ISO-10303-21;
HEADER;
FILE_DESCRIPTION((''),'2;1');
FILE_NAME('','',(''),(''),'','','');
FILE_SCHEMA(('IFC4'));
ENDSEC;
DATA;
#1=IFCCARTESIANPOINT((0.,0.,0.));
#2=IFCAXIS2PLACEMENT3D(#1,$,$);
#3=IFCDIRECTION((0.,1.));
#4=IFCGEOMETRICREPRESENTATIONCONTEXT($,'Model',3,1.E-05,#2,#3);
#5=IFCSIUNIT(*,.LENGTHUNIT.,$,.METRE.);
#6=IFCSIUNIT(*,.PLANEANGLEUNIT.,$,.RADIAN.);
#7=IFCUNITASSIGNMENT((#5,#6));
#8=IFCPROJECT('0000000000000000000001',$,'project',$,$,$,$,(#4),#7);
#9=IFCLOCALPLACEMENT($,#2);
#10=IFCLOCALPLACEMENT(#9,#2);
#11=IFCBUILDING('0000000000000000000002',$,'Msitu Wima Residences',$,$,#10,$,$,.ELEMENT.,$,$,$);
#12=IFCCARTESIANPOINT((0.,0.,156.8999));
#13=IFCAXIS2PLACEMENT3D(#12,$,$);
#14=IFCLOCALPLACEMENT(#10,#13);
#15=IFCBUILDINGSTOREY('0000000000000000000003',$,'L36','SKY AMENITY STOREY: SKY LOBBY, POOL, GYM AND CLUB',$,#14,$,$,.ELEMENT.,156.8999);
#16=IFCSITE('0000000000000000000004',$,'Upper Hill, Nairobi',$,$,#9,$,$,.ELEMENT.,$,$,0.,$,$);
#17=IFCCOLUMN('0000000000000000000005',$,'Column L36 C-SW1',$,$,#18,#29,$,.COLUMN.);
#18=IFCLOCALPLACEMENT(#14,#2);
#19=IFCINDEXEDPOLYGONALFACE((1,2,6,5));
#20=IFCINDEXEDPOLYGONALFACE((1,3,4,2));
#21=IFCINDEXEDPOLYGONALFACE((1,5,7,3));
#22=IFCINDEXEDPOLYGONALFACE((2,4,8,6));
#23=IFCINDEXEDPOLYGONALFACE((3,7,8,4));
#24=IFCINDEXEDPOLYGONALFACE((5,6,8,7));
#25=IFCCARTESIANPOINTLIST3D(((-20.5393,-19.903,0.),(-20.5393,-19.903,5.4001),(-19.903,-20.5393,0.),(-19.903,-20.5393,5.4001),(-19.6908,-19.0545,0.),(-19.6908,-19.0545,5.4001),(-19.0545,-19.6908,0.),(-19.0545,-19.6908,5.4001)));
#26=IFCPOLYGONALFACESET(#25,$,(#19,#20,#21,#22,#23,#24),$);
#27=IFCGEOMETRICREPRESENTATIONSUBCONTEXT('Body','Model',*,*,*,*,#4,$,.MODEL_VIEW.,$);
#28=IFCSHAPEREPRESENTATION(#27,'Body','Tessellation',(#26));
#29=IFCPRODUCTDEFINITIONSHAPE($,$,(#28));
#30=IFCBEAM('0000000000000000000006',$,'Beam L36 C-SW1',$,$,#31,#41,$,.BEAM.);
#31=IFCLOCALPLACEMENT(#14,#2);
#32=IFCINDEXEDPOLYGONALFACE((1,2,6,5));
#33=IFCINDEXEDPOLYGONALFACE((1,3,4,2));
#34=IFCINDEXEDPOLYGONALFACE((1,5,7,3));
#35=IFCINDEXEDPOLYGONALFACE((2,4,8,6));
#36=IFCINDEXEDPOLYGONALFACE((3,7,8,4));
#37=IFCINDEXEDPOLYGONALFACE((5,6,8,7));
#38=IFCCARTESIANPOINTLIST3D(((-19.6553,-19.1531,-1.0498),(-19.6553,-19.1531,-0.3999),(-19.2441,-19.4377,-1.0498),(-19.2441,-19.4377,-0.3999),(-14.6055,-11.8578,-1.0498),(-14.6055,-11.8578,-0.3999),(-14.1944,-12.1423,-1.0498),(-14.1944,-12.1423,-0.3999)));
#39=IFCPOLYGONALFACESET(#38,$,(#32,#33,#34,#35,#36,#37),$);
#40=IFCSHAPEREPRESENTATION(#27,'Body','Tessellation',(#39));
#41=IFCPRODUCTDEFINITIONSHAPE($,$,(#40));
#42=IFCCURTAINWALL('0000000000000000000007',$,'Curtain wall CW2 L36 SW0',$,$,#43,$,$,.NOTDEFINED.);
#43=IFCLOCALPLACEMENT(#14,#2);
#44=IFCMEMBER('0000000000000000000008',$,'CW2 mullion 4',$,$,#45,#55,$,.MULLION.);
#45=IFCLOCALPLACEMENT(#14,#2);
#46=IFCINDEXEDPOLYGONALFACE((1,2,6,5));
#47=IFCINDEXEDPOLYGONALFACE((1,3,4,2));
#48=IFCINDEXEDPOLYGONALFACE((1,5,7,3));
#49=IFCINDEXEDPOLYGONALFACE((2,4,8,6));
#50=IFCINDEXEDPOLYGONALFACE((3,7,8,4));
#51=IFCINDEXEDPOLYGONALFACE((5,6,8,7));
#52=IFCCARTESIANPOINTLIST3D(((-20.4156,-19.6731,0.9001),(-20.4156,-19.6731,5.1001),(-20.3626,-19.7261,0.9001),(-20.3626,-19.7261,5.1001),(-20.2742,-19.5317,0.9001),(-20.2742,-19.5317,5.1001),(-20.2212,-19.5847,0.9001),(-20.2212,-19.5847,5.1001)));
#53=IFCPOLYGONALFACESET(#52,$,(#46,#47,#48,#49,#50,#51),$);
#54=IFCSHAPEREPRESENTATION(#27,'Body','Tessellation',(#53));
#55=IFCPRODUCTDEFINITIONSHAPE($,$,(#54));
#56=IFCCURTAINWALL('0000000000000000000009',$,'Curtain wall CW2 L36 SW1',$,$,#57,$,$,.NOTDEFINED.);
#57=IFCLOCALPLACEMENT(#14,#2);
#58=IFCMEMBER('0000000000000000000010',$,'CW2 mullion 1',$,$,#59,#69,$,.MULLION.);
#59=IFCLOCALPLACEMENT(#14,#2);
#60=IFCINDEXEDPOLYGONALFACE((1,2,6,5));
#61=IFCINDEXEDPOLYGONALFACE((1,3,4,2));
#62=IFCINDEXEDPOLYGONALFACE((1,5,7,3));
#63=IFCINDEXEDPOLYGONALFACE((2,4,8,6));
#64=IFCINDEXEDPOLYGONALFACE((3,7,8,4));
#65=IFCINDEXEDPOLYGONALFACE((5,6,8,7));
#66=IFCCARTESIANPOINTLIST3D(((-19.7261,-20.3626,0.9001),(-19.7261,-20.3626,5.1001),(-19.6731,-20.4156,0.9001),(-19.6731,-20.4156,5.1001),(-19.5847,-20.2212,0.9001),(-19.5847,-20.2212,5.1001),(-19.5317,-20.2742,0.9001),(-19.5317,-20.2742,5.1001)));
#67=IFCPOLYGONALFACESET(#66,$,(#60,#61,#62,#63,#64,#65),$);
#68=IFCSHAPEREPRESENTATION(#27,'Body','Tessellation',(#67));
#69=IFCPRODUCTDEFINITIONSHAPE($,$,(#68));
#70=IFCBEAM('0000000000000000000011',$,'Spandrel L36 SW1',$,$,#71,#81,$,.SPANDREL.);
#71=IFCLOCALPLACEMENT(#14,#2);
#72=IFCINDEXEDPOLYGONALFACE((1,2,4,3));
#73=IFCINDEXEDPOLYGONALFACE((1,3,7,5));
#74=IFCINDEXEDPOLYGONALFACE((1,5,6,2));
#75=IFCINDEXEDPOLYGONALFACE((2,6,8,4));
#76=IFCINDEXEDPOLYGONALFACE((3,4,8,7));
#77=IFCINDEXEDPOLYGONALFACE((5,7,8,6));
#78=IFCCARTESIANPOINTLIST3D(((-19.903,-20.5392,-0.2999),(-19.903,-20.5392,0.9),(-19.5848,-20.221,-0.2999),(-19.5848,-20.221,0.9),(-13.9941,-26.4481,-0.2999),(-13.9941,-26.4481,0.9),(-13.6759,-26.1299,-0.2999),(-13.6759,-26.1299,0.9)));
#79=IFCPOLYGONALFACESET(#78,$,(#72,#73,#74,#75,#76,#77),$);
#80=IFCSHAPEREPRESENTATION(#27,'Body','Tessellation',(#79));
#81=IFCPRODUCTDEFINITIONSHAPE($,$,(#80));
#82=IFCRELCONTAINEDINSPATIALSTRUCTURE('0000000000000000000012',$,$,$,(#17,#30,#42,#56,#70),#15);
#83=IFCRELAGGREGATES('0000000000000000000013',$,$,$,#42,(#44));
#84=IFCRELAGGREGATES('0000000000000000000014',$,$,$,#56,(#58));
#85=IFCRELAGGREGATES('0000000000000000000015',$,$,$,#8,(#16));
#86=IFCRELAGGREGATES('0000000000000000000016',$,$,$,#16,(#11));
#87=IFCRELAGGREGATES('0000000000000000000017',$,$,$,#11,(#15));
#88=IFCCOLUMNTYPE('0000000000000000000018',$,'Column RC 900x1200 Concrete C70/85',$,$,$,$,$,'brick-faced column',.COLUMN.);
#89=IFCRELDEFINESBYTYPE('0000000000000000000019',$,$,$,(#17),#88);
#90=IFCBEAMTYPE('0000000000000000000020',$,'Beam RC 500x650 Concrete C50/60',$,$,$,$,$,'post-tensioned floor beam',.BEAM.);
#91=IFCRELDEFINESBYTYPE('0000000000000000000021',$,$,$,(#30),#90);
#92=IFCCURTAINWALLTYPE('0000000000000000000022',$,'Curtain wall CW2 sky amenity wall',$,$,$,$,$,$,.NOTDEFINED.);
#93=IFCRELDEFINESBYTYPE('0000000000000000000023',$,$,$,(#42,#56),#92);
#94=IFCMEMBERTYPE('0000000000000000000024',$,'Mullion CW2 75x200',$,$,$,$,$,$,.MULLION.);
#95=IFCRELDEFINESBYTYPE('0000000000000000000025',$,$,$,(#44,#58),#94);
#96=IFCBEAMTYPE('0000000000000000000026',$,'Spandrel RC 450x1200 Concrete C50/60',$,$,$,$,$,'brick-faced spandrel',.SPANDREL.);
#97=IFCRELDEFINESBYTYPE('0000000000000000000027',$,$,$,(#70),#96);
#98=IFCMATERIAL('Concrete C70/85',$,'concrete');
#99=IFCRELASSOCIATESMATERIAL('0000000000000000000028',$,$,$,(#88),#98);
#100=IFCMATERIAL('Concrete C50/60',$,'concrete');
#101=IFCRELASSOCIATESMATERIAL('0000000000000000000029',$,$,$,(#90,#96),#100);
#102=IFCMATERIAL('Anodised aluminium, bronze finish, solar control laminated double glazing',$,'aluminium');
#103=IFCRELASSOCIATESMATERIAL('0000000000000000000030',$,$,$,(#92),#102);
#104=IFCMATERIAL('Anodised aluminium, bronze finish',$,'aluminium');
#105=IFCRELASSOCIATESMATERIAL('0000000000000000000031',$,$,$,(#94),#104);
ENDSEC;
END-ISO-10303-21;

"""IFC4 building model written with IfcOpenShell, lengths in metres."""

from ifc_helpers import new_model, si_unit, direction, frame, origin, origin_2d, place, context, subcontext, project, spatial, rectangle, extrude, material, material_profile, profile_set, type_object, element, aggregate, save


model = new_model("IFC4")

# Units and contexts
model_context = context("Model", 3, precision=1e-05, world=origin(), true_north=direction((0.0, 1.0)))
body_context = subcontext(model_context, "Body", "Model", "MODEL_VIEW")
ifc_project = project(units=[si_unit("LENGTHUNIT", "METRE"), si_unit("PLANEANGLEUNIT", "RADIAN")], contexts=[model_context])

# Site, building, storey
site_placement = place(None, origin())
site = spatial("IfcSite", under=ifc_project, at=site_placement, Name="Upper Hill, Nairobi", CompositionType="ELEMENT", RefElevation=0.0)
building_placement = place(site_placement, origin())
building = spatial("IfcBuilding", under=site, at=building_placement, Name="Msitu Wima Residences", CompositionType="ELEMENT")
storey_placement = place(building_placement, frame((0.0, 0.0, 156.8999)))
storey = spatial("IfcBuildingStorey", under=building, at=storey_placement, Name="L36", Description="SKY AMENITY STOREY: SKY LOBBY, POOL, GYM AND CLUB", CompositionType="ELEMENT", Elevation=156.8999)

# Column
ifc_material_1 = material(Name="Concrete C70/85", Category="concrete")
ifc_material_profile_1 = material_profile(ifc_material_1, rectangle(XDim=0.8999, YDim=1.2, at=origin_2d()), Name="RC 900x1200")
ifc_profile_set_1 = profile_set([ifc_material_profile_1], Name="Concrete C70/85")
column_type = type_object("IfcColumnType", Name="Column RC 900x1200 Concrete C70/85", ElementType="brick-faced column", PredefinedType="COLUMN", material=ifc_profile_set_1)
column_placement = place(storey_placement, frame((-19.7969, -19.7969, 0.0), z_axis=(0.0, 0.0, 1.0), x_axis=(0.707107, -0.707107, 0.0)))
element("IfcColumn", 1, at=column_placement, inside=storey, type_object=column_type, Name="Column L36 C-SW1", PredefinedType="COLUMN", context=body_context, shape_type="SweptSolid", body=[
    extrude(rectangle(XDim=0.8999, YDim=1.2, at=origin_2d()), origin(), (0.0, 0.0, 1.0), 5.4001),
])

# Beam
ifc_material_2 = material(Name="Concrete C50/60", Category="concrete")
ifc_material_profile_2 = material_profile(ifc_material_2, rectangle(XDim=0.5, YDim=0.6499, at=origin_2d()), Name="RC 500x650")
ifc_profile_set_2 = profile_set([ifc_material_profile_2], Name="Concrete C50/60")
beam_type_1 = type_object("IfcBeamType", Name="Beam RC 500x650 Concrete C50/60", ElementType="post-tensioned floor beam", PredefinedType="BEAM", material=ifc_profile_set_2)
beam_1_placement = place(storey_placement, frame((-19.4497, -19.2954, -0.7249), z_axis=(0.569144, 0.822238, 0.0), x_axis=(-0.822238, 0.569144, 0.0)))
element("IfcBeam", 2, at=beam_1_placement, inside=storey, type_object=beam_type_1, Name="Beam L36 C-SW1", PredefinedType="BEAM", context=body_context, shape_type="SweptSolid", body=[
    extrude(rectangle(XDim=0.5, YDim=0.6499, at=origin_2d()), origin(), (0.0, 0.0, 1.0), 8.8726),
])

# Curtain walls, members
ifc_material_3 = material(Name="Anodised aluminium, bronze finish, solar control laminated double glazing", Category="aluminium")
curtain_wall_type = type_object("IfcCurtainWallType", Name="Curtain wall CW2 sky amenity wall", PredefinedType="NOTDEFINED", material=ifc_material_3)
curtain_wall_1_placement = place(storey_placement, origin())
curtain_wall_1 = element("IfcCurtainWall", 3, at=curtain_wall_1_placement, inside=storey, type_object=curtain_wall_type, Name="Curtain wall CW2 L36 SW0", PredefinedType="NOTDEFINED")
ifc_material_4 = material(Name="Anodised aluminium, bronze finish", Category="aluminium")
ifc_material_profile_3 = material_profile(ifc_material_4, rectangle(XDim=0.2, YDim=0.075, at=origin_2d()), Name="Mullion 75x200")
ifc_profile_set_3 = profile_set([ifc_material_profile_3], Name="Anodised aluminium, bronze finish")
member_type = type_object("IfcMemberType", Name="Mullion CW2 75x200", PredefinedType="MULLION", material=ifc_profile_set_3)
member_1_placement = place(storey_placement, frame((-20.3184, -19.6289, 0.9001), z_axis=(0.0, 0.0, 1.0), x_axis=(0.707107, 0.707107, 0.0)))
member_1 = element("IfcMember", 4, at=member_1_placement, type_object=member_type, Name="CW2 mullion 4", PredefinedType="MULLION", context=body_context, shape_type="SweptSolid", body=[
    extrude(rectangle(XDim=0.2, YDim=0.075, at=origin_2d()), origin(), (0.0, 0.0, 1.0), 4.2),
])
aggregate(curtain_wall_1, [member_1])
curtain_wall_2_placement = place(storey_placement, origin())
curtain_wall_2 = element("IfcCurtainWall", 5, at=curtain_wall_2_placement, inside=storey, type_object=curtain_wall_type, Name="Curtain wall CW2 L36 SW1", PredefinedType="NOTDEFINED")
member_2_placement = place(storey_placement, frame((-19.6289, -20.3184, 0.9001), z_axis=(0.0, 0.0, 1.0), x_axis=(0.707107, 0.707107, 0.0)))
member_2 = element("IfcMember", 6, at=member_2_placement, type_object=member_type, Name="CW2 mullion 1", PredefinedType="MULLION", context=body_context, shape_type="SweptSolid", body=[
    extrude(rectangle(XDim=0.2, YDim=0.075, at=origin_2d()), origin(), (0.0, 0.0, 1.0), 4.2),
])
aggregate(curtain_wall_2, [member_2])

# Beam
ifc_material_profile_4 = material_profile(ifc_material_2, rectangle(XDim=0.45, YDim=1.2, at=origin_2d()), Name="RC 450x1200")
ifc_profile_set_4 = profile_set([ifc_material_profile_4], Name="Concrete C50/60")
beam_type_2 = type_object("IfcBeamType", Name="Spandrel RC 450x1200 Concrete C50/60", ElementType="brick-faced spandrel", PredefinedType="SPANDREL", material=ifc_profile_set_4)
beam_2_placement = place(storey_placement, frame((-19.7439, -20.3801, 0.3), z_axis=(0.707107, -0.707107, 0.0), x_axis=(0.707107, 0.707107, 0.0)))
element("IfcBeam", 7, at=beam_2_placement, inside=storey, type_object=beam_type_2, Name="Spandrel L36 SW1", PredefinedType="SPANDREL", context=body_context, shape_type="SweptSolid", body=[
    extrude(rectangle(XDim=0.45, YDim=1.2, at=origin_2d()), origin(), (0.0, 0.0, 1.0), 8.3564),
])

save(model, "model.ifc")
